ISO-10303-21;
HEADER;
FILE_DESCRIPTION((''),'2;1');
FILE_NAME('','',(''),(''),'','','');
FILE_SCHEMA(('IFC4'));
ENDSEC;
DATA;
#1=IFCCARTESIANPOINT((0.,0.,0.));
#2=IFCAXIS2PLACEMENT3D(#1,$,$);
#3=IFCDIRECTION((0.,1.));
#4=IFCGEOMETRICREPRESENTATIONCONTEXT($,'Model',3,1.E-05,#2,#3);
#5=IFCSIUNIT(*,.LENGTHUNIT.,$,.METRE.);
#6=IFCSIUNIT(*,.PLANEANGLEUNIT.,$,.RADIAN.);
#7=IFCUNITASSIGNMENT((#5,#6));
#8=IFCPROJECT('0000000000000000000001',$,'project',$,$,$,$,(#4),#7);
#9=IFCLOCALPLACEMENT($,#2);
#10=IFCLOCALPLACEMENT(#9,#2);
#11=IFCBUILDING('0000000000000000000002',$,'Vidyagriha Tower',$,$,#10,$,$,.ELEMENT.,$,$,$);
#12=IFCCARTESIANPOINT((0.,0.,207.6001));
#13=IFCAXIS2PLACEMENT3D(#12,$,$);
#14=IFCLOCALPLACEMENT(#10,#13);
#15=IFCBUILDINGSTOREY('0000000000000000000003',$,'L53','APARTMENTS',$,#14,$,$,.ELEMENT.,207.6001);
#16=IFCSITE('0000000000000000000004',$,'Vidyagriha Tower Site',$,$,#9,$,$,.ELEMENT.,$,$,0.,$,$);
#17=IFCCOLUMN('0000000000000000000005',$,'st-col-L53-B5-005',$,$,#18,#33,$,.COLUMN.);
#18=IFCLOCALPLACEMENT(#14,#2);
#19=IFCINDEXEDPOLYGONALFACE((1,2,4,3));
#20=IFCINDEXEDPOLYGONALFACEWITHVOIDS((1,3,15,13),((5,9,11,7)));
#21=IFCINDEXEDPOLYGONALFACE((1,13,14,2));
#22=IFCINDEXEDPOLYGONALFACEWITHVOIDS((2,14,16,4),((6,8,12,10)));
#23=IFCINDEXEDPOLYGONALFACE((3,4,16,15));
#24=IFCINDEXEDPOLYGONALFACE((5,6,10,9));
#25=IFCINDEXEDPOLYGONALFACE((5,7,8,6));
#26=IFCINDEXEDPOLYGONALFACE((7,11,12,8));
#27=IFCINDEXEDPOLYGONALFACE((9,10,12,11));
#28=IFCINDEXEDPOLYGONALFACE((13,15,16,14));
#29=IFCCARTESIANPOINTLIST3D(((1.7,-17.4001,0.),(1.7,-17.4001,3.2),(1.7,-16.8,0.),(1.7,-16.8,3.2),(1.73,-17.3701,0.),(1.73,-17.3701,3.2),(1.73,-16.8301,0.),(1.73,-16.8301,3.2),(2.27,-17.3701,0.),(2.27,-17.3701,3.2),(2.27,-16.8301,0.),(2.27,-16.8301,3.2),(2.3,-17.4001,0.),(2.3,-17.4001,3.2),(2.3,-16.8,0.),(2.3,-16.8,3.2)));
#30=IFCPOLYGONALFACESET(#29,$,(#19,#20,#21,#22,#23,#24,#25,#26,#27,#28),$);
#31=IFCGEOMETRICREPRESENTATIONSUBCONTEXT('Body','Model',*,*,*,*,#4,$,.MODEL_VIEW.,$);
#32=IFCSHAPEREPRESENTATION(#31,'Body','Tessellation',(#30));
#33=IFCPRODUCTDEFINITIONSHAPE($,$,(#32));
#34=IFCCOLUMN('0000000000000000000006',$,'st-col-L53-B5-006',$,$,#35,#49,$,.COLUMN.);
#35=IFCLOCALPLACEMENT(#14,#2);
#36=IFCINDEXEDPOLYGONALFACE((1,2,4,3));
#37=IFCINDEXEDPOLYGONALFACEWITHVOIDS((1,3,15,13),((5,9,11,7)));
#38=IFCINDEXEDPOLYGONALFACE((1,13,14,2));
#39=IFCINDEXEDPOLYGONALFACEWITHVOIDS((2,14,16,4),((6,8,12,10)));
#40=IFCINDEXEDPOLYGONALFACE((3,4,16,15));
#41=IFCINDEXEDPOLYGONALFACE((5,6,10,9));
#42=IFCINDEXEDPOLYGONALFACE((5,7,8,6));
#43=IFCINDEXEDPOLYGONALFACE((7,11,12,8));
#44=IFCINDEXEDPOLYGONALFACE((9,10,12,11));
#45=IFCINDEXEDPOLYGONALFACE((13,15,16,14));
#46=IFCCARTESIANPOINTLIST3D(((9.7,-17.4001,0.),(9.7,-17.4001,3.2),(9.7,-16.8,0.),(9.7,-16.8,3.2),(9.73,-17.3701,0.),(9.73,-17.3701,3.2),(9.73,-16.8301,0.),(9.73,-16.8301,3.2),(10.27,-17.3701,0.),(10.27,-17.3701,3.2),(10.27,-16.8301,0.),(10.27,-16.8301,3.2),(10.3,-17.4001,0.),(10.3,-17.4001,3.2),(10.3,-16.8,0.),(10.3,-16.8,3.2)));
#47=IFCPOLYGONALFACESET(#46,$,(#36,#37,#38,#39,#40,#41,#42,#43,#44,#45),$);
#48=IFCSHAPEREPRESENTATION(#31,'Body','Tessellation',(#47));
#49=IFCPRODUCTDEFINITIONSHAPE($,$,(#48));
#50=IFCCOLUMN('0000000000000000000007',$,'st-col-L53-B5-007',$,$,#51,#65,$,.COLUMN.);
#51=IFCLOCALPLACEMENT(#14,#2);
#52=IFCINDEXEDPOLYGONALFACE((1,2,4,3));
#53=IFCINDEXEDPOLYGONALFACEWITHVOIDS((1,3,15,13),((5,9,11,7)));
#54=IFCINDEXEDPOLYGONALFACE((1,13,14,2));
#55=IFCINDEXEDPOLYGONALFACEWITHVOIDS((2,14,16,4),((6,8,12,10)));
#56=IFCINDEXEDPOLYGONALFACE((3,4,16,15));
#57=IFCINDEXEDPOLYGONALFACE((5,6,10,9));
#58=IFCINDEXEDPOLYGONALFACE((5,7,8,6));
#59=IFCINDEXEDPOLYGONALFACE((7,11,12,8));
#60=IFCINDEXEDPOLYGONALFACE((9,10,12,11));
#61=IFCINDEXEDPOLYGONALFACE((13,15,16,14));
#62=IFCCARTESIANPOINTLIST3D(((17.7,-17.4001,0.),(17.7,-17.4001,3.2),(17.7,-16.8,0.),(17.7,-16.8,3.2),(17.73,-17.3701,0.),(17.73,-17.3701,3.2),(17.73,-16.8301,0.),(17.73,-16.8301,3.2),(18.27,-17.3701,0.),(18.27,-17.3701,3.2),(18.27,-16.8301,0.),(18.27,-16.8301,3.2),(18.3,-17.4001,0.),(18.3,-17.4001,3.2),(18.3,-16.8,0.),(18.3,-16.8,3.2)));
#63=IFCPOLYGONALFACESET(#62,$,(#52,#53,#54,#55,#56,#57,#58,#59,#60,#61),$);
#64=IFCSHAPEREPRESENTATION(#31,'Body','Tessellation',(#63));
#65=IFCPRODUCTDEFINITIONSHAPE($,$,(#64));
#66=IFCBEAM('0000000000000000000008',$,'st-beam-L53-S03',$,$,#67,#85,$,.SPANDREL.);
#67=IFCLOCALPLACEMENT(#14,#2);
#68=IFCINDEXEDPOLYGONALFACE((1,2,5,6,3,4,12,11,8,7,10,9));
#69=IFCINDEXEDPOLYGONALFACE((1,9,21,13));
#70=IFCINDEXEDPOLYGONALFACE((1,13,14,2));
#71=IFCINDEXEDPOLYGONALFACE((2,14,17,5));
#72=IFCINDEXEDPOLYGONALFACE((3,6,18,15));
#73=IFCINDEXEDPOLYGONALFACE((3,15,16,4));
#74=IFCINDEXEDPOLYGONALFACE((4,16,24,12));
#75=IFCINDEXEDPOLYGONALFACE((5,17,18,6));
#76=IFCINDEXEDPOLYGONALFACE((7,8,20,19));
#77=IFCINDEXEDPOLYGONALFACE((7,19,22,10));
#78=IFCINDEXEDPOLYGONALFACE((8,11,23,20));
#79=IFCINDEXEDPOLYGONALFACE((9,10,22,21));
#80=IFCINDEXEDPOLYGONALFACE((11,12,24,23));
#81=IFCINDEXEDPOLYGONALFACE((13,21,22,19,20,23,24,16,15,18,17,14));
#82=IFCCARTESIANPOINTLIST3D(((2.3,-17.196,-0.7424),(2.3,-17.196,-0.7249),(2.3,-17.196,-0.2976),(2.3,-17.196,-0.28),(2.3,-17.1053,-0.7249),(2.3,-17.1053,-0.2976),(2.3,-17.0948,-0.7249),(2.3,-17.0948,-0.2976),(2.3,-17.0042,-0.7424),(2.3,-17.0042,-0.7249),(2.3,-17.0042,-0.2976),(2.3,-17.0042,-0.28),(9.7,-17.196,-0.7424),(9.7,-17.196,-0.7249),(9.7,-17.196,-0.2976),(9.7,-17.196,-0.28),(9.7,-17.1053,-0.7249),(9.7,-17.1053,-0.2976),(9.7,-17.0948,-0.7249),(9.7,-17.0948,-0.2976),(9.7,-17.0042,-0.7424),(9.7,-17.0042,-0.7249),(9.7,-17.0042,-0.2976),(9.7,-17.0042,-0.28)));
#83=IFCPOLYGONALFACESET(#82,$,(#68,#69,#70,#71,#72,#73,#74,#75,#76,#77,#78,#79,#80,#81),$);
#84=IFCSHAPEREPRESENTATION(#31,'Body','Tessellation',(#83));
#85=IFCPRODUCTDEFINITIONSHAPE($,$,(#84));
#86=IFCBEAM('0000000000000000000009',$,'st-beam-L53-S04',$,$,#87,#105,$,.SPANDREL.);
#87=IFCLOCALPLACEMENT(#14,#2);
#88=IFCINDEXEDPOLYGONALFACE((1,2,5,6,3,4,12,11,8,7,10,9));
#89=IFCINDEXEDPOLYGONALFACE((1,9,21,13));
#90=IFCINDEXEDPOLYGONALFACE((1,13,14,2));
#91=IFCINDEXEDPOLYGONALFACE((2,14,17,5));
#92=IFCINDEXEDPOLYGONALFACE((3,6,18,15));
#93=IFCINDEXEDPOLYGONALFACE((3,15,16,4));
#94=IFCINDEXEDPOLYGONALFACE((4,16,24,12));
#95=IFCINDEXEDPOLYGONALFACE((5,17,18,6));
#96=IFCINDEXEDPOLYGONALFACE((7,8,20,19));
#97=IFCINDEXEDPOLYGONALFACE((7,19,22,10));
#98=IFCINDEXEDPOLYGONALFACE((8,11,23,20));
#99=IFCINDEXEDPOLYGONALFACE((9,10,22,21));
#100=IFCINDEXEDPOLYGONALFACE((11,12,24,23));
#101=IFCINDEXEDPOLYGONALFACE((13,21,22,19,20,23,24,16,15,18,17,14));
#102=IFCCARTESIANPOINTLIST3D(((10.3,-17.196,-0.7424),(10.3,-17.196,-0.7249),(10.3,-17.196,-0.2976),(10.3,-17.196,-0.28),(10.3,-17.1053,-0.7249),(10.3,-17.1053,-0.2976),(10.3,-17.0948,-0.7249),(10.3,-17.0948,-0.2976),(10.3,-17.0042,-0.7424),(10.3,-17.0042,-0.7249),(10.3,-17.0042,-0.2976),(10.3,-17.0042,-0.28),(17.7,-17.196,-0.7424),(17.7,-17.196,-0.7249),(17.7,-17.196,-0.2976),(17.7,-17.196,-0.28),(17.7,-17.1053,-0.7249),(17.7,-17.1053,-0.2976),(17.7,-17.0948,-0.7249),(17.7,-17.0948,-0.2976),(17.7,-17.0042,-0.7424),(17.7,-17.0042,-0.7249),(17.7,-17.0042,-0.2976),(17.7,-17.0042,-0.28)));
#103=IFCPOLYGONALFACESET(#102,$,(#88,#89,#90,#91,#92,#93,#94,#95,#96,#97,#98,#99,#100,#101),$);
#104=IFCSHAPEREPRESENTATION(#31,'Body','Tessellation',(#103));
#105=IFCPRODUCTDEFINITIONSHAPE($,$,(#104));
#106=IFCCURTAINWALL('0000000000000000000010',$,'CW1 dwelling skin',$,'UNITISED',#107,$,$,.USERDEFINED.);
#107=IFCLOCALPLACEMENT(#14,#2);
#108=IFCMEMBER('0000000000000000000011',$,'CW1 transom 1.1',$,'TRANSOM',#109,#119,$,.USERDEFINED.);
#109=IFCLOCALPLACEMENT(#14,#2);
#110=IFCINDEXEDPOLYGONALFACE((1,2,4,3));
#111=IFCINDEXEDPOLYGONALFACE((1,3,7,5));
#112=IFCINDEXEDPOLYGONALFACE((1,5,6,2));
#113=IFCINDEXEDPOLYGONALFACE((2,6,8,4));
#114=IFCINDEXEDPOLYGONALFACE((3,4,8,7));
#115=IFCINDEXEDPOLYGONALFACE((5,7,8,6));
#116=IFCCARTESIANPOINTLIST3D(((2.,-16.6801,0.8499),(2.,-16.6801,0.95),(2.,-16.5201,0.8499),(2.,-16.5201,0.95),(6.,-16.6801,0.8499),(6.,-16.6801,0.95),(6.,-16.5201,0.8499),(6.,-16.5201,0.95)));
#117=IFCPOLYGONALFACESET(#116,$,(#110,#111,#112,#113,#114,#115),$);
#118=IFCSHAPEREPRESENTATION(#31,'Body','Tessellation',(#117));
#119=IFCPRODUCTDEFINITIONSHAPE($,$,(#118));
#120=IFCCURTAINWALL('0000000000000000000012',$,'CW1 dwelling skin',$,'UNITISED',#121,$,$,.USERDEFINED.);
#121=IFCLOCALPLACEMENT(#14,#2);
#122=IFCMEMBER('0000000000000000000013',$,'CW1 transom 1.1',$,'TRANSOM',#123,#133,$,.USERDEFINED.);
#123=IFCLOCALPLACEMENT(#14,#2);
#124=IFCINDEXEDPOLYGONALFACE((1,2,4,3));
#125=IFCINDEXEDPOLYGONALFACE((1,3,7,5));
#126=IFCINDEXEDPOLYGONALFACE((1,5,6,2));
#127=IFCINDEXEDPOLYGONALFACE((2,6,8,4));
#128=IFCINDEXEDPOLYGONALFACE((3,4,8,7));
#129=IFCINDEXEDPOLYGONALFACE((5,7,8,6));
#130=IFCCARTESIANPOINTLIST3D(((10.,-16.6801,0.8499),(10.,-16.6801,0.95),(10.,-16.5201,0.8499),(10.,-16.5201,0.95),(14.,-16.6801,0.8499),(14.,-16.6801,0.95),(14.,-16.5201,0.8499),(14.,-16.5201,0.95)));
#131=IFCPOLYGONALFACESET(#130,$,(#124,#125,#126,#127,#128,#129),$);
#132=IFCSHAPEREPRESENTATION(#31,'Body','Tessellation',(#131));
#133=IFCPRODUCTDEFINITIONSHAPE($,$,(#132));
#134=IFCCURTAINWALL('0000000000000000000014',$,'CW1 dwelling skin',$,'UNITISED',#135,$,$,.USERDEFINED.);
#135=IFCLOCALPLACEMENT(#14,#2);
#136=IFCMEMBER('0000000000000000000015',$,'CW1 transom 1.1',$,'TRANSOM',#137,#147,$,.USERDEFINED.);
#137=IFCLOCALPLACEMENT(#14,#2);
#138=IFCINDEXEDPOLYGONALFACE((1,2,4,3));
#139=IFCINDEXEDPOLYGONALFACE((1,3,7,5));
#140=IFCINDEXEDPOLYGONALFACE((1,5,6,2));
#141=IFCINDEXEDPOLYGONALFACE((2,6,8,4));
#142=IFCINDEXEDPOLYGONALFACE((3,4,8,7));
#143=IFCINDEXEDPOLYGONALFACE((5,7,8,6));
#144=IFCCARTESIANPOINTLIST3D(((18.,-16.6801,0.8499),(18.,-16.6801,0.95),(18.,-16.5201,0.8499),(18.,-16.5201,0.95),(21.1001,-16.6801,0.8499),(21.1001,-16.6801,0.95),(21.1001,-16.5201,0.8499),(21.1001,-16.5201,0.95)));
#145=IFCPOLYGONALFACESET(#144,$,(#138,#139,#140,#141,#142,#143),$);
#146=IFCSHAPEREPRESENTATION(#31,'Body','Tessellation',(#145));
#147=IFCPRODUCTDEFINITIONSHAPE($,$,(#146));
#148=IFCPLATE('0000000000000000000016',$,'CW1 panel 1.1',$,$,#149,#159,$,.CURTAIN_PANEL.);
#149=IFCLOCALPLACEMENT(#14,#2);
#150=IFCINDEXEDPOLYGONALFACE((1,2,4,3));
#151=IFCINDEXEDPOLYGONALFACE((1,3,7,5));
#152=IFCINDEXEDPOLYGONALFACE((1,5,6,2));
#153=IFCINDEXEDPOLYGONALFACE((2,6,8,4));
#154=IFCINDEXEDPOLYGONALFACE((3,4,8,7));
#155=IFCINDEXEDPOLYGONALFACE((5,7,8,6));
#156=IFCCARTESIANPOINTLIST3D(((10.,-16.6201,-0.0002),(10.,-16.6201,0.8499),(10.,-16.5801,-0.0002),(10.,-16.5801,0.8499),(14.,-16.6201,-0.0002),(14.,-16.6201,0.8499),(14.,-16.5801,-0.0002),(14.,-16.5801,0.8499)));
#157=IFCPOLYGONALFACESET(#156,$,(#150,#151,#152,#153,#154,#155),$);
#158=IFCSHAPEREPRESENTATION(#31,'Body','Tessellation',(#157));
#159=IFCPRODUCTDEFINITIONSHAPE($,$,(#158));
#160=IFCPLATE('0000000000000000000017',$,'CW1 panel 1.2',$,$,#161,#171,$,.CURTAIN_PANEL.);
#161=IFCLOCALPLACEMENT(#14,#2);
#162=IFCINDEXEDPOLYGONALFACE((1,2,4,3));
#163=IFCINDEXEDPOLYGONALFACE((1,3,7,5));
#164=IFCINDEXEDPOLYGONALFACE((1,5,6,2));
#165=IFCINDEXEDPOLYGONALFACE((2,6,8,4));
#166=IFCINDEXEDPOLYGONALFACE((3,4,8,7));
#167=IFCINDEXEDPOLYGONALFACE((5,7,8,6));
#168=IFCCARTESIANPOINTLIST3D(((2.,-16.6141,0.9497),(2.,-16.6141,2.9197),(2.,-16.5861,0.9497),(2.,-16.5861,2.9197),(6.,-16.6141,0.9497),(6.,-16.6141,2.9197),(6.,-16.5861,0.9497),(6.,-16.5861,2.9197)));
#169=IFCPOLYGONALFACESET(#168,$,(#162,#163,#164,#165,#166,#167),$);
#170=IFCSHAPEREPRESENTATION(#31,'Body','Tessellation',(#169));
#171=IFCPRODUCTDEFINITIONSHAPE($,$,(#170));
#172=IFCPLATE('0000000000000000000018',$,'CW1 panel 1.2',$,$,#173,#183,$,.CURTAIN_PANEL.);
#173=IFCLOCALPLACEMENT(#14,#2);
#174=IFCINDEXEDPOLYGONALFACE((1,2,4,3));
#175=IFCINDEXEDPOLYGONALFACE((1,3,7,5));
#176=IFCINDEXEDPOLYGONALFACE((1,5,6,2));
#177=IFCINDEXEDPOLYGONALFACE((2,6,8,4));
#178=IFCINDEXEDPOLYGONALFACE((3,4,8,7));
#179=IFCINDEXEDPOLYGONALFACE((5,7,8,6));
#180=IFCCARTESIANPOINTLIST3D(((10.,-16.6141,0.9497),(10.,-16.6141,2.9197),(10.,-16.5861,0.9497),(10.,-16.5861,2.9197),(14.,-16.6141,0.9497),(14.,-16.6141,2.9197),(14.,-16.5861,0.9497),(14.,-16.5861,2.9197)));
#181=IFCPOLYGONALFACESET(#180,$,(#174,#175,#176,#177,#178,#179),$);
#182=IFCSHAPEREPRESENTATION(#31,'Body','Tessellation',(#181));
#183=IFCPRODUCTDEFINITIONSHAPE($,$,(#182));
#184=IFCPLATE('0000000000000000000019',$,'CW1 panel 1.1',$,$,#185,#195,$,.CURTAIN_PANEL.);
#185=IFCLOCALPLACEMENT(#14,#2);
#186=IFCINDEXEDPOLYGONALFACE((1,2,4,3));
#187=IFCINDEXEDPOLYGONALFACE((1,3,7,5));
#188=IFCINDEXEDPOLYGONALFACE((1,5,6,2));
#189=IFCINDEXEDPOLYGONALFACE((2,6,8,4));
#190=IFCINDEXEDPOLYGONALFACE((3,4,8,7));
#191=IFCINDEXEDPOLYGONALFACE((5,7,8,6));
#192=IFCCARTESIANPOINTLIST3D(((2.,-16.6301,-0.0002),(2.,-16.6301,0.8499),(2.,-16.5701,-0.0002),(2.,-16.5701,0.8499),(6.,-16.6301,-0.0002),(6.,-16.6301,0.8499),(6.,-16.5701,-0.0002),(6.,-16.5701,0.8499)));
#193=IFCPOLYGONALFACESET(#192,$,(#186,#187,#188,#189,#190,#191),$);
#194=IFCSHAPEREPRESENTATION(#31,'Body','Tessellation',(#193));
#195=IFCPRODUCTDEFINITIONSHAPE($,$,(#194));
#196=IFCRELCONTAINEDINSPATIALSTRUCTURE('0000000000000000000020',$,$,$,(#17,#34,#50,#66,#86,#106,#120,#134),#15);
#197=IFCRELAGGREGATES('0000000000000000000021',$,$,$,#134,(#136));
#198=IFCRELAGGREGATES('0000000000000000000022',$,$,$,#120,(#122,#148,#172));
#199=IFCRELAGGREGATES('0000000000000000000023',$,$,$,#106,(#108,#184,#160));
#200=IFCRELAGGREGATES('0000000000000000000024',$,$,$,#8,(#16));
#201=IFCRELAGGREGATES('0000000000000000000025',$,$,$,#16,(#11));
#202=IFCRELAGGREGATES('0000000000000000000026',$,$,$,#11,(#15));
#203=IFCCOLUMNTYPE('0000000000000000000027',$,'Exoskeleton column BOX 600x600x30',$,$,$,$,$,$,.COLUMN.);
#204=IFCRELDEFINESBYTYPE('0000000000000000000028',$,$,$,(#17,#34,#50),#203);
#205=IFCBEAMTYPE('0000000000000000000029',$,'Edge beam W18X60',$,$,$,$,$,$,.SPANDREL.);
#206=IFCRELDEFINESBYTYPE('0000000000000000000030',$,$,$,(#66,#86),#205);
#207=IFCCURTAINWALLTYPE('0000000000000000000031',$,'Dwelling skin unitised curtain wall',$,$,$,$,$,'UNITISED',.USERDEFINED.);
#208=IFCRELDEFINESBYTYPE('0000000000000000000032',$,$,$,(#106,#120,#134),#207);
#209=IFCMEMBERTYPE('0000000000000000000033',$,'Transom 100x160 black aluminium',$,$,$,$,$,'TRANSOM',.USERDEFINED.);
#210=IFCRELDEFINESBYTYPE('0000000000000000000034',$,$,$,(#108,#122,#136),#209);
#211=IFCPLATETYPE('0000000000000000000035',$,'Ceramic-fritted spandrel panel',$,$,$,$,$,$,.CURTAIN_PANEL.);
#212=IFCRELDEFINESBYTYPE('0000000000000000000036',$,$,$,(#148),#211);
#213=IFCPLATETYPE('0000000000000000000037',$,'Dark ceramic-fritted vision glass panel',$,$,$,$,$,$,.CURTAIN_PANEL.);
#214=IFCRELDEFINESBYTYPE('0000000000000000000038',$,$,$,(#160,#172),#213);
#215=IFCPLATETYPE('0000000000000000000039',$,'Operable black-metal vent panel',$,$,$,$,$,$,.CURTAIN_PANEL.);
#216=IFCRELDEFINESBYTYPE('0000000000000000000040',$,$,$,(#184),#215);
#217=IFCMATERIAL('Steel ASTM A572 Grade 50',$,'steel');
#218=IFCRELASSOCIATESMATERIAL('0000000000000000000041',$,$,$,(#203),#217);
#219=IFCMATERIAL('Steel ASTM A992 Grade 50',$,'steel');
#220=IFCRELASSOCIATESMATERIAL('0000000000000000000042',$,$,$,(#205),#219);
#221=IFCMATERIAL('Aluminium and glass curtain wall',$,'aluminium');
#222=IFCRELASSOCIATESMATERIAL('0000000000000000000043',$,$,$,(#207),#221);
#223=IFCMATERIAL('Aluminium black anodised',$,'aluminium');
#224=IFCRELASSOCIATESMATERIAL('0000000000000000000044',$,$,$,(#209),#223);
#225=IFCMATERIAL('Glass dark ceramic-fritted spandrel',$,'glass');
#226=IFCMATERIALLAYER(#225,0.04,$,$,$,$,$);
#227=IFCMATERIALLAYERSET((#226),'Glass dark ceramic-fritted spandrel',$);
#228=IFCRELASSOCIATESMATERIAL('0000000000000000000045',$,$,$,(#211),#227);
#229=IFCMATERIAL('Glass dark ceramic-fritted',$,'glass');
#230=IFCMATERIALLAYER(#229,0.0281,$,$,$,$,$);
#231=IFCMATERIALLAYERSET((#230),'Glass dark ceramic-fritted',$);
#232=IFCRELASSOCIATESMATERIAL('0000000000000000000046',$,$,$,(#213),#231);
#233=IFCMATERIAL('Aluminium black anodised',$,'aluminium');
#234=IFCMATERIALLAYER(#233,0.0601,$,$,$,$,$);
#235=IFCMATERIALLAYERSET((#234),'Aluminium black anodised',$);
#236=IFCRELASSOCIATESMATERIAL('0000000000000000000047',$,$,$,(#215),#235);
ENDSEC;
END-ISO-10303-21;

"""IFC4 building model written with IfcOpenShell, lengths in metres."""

from ifc_helpers import new_model, si_unit, direction, frame, origin, origin_2d, place, context, subcontext, project, spatial, rectangle, hollow_rectangle, i_section, extrude, material, layer, layer_set, material_profile, profile_set, type_object, element, aggregate, save


model = new_model("IFC4")

# Units and contexts
model_context = context("Model", 3, precision=1e-05, world=origin(), true_north=direction((0.0, 1.0)))
body_context = subcontext(model_context, "Body", "Model", "MODEL_VIEW")
ifc_project = project(units=[si_unit("LENGTHUNIT", "METRE"), si_unit("PLANEANGLEUNIT", "RADIAN")], contexts=[model_context])

# Site, building, storey
site_placement = place(None, origin())
site = spatial("IfcSite", under=ifc_project, at=site_placement, Name="Vidyagriha Tower Site", CompositionType="ELEMENT", RefElevation=0.0)
building_placement = place(site_placement, origin())
building = spatial("IfcBuilding", under=site, at=building_placement, Name="Vidyagriha Tower", CompositionType="ELEMENT")
storey_placement = place(building_placement, frame((0.0, 0.0, 207.6001)))
storey = spatial("IfcBuildingStorey", under=building, at=storey_placement, Name="L53", Description="APARTMENTS", CompositionType="ELEMENT", Elevation=207.6001)

# Columns
ifc_material_1 = material(Name="Steel ASTM A572 Grade 50", Category="steel")
ifc_material_profile_1 = material_profile(ifc_material_1, hollow_rectangle(XDim=0.6001, YDim=0.6001, WallThickness=0.03, at=origin_2d()), Name="BOX 600x600x30")
ifc_profile_set_1 = profile_set([ifc_material_profile_1], Name="Steel ASTM A572 Grade 50")
column_type = type_object("IfcColumnType", Name="Exoskeleton column BOX 600x600x30", PredefinedType="COLUMN", material=ifc_profile_set_1)
for number, where, name in (
    (1, (2.0, -17.1001, 0.0), "st-col-L53-B5-005"),
    (2, (10.0, -17.1001, 0.0), "st-col-L53-B5-006"),
    (3, (18.0, -17.1001, 0.0), "st-col-L53-B5-007"),
):
    element("IfcColumn", number, at=place(storey_placement, frame(where)), inside=storey, type_object=column_type, Name=name, PredefinedType="COLUMN", context=body_context, shape_type="SweptSolid", body=[
        extrude(hollow_rectangle(XDim=0.6001, YDim=0.6001, WallThickness=0.03, at=origin_2d()), origin(), (0.0, 0.0, 1.0), 3.2),
    ])

# Beams
ifc_material_2 = material(Name="Steel ASTM A992 Grade 50", Category="steel")
ifc_material_profile_2 = material_profile(ifc_material_2, i_section(OverallWidth=0.1919, OverallDepth=0.4624, WebThickness=0.0105, FlangeThickness=0.0176, at=origin_2d()), Name="W18X60")
ifc_profile_set_2 = profile_set([ifc_material_profile_2], Name="Steel ASTM A992 Grade 50")
beam_type = type_object("IfcBeamType", Name="Edge beam W18X60", PredefinedType="SPANDREL", material=ifc_profile_set_2)
for number, where, z_axis, x_axis, name in (
    (4, (2.3, -17.1001, -0.5112), (1.0, 0.0, 0.0), (0.0, 1.0, 0.0), "st-beam-L53-S03"),
    (5, (10.3, -17.1001, -0.5112), (1.0, 0.0, 0.0), (0.0, 1.0, 0.0), "st-beam-L53-S04"),
):
    element("IfcBeam", number, at=place(storey_placement, frame(where, z_axis=z_axis, x_axis=x_axis)), inside=storey, type_object=beam_type, Name=name, PredefinedType="SPANDREL", context=body_context, shape_type="SweptSolid", body=[
        extrude(i_section(OverallWidth=0.1919, OverallDepth=0.4624, WebThickness=0.0105, FlangeThickness=0.0176, at=origin_2d()), origin(), (0.0, 0.0, 1.0), 7.3999),
    ])

# Curtain walls, members
ifc_material_3 = material(Name="Aluminium and glass curtain wall", Category="aluminium")
curtain_wall_type = type_object("IfcCurtainWallType", Name="Dwelling skin unitised curtain wall", ElementType="UNITISED", PredefinedType="USERDEFINED", material=ifc_material_3)
curtain_wall_1_placement = place(storey_placement, origin())
curtain_wall_1 = element("IfcCurtainWall", 6, at=curtain_wall_1_placement, inside=storey, type_object=curtain_wall_type, Name="CW1 dwelling skin", ObjectType="UNITISED", PredefinedType="USERDEFINED")
ifc_material_4 = material(Name="Aluminium black anodised", Category="aluminium")
ifc_material_profile_3 = material_profile(ifc_material_4, rectangle(XDim=0.1599, YDim=0.1001, at=origin_2d()), Name="Transom 100x160 black aluminium")
ifc_profile_set_3 = profile_set([ifc_material_profile_3], Name="Aluminium black anodised")
member_type = type_object("IfcMemberType", Name="Transom 100x160 black aluminium", ElementType="TRANSOM", PredefinedType="USERDEFINED", material=ifc_profile_set_3)
member_1_placement = place(storey_placement, frame((2.0, -16.6001, 0.8999), z_axis=(1.0, 0.0, 0.0), x_axis=(0.0, 1.0, 0.0)))
member_1 = element("IfcMember", 7, at=member_1_placement, type_object=member_type, Name="CW1 transom 1.1", ObjectType="TRANSOM", PredefinedType="USERDEFINED", context=body_context, shape_type="SweptSolid", body=[
    extrude(rectangle(XDim=0.1599, YDim=0.1001, at=origin_2d()), origin(), (0.0, 0.0, 1.0), 4.0),
])
curtain_wall_2_placement = place(storey_placement, origin())
curtain_wall_2 = element("IfcCurtainWall", 8, at=curtain_wall_2_placement, inside=storey, type_object=curtain_wall_type, Name="CW1 dwelling skin", ObjectType="UNITISED", PredefinedType="USERDEFINED")
member_2_placement = place(storey_placement, frame((10.0, -16.6001, 0.8999), z_axis=(1.0, 0.0, 0.0), x_axis=(0.0, 1.0, 0.0)))
member_2 = element("IfcMember", 9, at=member_2_placement, type_object=member_type, Name="CW1 transom 1.1", ObjectType="TRANSOM", PredefinedType="USERDEFINED", context=body_context, shape_type="SweptSolid", body=[
    extrude(rectangle(XDim=0.1599, YDim=0.1001, at=origin_2d()), origin(), (0.0, 0.0, 1.0), 4.0),
])
curtain_wall_3_placement = place(storey_placement, origin())
curtain_wall_3 = element("IfcCurtainWall", 10, at=curtain_wall_3_placement, inside=storey, type_object=curtain_wall_type, Name="CW1 dwelling skin", ObjectType="UNITISED", PredefinedType="USERDEFINED")
member_3_placement = place(storey_placement, frame((18.0, -16.6001, 0.8999), z_axis=(1.0, 0.0, 0.0), x_axis=(0.0, 1.0, 0.0)))
member_3 = element("IfcMember", 11, at=member_3_placement, type_object=member_type, Name="CW1 transom 1.1", ObjectType="TRANSOM", PredefinedType="USERDEFINED", context=body_context, shape_type="SweptSolid", body=[
    extrude(rectangle(XDim=0.1599, YDim=0.1001, at=origin_2d()), origin(), (0.0, 0.0, 1.0), 3.1001),
])
aggregate(curtain_wall_3, [member_3])

# Plates
ifc_material_5 = material(Name="Glass dark ceramic-fritted spandrel", Category="glass")
ifc_layer_1 = layer(ifc_material_5, 0.04)
ifc_layer_set_1 = layer_set([ifc_layer_1], Name="Glass dark ceramic-fritted spandrel")
plate_type_1 = type_object("IfcPlateType", Name="Ceramic-fritted spandrel panel", PredefinedType="CURTAIN_PANEL", material=ifc_layer_set_1)
plate_1_placement = place(storey_placement, frame((12.0, -16.6001, -0.0002)))
plate_1 = element("IfcPlate", 12, at=plate_1_placement, type_object=plate_type_1, Name="CW1 panel 1.1", PredefinedType="CURTAIN_PANEL", context=body_context, shape_type="SweptSolid", body=[
    extrude(rectangle(XDim=4.0, YDim=0.04, at=origin_2d()), origin(), (0.0, 0.0, 1.0), 0.8501),
])
ifc_material_6 = material(Name="Glass dark ceramic-fritted", Category="glass")
ifc_layer_2 = layer(ifc_material_6, 0.0281)
ifc_layer_set_2 = layer_set([ifc_layer_2], Name="Glass dark ceramic-fritted")
plate_type_2 = type_object("IfcPlateType", Name="Dark ceramic-fritted vision glass panel", PredefinedType="CURTAIN_PANEL", material=ifc_layer_set_2)
plate_2_placement = place(storey_placement, frame((4.0, -16.6001, 0.9497)))
plate_2 = element("IfcPlate", 13, at=plate_2_placement, type_object=plate_type_2, Name="CW1 panel 1.2", PredefinedType="CURTAIN_PANEL", context=body_context, shape_type="SweptSolid", body=[
    extrude(rectangle(XDim=4.0, YDim=0.0281, at=origin_2d()), origin(), (0.0, 0.0, 1.0), 1.97),
])
plate_3_placement = place(storey_placement, frame((12.0, -16.6001, 0.9497)))
plate_3 = element("IfcPlate", 14, at=plate_3_placement, type_object=plate_type_2, Name="CW1 panel 1.2", PredefinedType="CURTAIN_PANEL", context=body_context, shape_type="SweptSolid", body=[
    extrude(rectangle(XDim=4.0, YDim=0.0281, at=origin_2d()), origin(), (0.0, 0.0, 1.0), 1.97),
])
aggregate(curtain_wall_2, [member_2, plate_1, plate_3])
ifc_material_7 = material(Name="Aluminium black anodised", Category="aluminium")
ifc_layer_3 = layer(ifc_material_7, 0.0601)
ifc_layer_set_3 = layer_set([ifc_layer_3], Name="Aluminium black anodised")
plate_type_3 = type_object("IfcPlateType", Name="Operable black-metal vent panel", PredefinedType="CURTAIN_PANEL", material=ifc_layer_set_3)
plate_4_placement = place(storey_placement, frame((4.0, -16.6001, -0.0002)))
plate_4 = element("IfcPlate", 15, at=plate_4_placement, type_object=plate_type_3, Name="CW1 panel 1.1", PredefinedType="CURTAIN_PANEL", context=body_context, shape_type="SweptSolid", body=[
    extrude(rectangle(XDim=4.0, YDim=0.0601, at=origin_2d()), origin(), (0.0, 0.0, 1.0), 0.8501),
])
aggregate(curtain_wall_1, [member_1, plate_4, plate_2])

save(model, "model.ifc")
